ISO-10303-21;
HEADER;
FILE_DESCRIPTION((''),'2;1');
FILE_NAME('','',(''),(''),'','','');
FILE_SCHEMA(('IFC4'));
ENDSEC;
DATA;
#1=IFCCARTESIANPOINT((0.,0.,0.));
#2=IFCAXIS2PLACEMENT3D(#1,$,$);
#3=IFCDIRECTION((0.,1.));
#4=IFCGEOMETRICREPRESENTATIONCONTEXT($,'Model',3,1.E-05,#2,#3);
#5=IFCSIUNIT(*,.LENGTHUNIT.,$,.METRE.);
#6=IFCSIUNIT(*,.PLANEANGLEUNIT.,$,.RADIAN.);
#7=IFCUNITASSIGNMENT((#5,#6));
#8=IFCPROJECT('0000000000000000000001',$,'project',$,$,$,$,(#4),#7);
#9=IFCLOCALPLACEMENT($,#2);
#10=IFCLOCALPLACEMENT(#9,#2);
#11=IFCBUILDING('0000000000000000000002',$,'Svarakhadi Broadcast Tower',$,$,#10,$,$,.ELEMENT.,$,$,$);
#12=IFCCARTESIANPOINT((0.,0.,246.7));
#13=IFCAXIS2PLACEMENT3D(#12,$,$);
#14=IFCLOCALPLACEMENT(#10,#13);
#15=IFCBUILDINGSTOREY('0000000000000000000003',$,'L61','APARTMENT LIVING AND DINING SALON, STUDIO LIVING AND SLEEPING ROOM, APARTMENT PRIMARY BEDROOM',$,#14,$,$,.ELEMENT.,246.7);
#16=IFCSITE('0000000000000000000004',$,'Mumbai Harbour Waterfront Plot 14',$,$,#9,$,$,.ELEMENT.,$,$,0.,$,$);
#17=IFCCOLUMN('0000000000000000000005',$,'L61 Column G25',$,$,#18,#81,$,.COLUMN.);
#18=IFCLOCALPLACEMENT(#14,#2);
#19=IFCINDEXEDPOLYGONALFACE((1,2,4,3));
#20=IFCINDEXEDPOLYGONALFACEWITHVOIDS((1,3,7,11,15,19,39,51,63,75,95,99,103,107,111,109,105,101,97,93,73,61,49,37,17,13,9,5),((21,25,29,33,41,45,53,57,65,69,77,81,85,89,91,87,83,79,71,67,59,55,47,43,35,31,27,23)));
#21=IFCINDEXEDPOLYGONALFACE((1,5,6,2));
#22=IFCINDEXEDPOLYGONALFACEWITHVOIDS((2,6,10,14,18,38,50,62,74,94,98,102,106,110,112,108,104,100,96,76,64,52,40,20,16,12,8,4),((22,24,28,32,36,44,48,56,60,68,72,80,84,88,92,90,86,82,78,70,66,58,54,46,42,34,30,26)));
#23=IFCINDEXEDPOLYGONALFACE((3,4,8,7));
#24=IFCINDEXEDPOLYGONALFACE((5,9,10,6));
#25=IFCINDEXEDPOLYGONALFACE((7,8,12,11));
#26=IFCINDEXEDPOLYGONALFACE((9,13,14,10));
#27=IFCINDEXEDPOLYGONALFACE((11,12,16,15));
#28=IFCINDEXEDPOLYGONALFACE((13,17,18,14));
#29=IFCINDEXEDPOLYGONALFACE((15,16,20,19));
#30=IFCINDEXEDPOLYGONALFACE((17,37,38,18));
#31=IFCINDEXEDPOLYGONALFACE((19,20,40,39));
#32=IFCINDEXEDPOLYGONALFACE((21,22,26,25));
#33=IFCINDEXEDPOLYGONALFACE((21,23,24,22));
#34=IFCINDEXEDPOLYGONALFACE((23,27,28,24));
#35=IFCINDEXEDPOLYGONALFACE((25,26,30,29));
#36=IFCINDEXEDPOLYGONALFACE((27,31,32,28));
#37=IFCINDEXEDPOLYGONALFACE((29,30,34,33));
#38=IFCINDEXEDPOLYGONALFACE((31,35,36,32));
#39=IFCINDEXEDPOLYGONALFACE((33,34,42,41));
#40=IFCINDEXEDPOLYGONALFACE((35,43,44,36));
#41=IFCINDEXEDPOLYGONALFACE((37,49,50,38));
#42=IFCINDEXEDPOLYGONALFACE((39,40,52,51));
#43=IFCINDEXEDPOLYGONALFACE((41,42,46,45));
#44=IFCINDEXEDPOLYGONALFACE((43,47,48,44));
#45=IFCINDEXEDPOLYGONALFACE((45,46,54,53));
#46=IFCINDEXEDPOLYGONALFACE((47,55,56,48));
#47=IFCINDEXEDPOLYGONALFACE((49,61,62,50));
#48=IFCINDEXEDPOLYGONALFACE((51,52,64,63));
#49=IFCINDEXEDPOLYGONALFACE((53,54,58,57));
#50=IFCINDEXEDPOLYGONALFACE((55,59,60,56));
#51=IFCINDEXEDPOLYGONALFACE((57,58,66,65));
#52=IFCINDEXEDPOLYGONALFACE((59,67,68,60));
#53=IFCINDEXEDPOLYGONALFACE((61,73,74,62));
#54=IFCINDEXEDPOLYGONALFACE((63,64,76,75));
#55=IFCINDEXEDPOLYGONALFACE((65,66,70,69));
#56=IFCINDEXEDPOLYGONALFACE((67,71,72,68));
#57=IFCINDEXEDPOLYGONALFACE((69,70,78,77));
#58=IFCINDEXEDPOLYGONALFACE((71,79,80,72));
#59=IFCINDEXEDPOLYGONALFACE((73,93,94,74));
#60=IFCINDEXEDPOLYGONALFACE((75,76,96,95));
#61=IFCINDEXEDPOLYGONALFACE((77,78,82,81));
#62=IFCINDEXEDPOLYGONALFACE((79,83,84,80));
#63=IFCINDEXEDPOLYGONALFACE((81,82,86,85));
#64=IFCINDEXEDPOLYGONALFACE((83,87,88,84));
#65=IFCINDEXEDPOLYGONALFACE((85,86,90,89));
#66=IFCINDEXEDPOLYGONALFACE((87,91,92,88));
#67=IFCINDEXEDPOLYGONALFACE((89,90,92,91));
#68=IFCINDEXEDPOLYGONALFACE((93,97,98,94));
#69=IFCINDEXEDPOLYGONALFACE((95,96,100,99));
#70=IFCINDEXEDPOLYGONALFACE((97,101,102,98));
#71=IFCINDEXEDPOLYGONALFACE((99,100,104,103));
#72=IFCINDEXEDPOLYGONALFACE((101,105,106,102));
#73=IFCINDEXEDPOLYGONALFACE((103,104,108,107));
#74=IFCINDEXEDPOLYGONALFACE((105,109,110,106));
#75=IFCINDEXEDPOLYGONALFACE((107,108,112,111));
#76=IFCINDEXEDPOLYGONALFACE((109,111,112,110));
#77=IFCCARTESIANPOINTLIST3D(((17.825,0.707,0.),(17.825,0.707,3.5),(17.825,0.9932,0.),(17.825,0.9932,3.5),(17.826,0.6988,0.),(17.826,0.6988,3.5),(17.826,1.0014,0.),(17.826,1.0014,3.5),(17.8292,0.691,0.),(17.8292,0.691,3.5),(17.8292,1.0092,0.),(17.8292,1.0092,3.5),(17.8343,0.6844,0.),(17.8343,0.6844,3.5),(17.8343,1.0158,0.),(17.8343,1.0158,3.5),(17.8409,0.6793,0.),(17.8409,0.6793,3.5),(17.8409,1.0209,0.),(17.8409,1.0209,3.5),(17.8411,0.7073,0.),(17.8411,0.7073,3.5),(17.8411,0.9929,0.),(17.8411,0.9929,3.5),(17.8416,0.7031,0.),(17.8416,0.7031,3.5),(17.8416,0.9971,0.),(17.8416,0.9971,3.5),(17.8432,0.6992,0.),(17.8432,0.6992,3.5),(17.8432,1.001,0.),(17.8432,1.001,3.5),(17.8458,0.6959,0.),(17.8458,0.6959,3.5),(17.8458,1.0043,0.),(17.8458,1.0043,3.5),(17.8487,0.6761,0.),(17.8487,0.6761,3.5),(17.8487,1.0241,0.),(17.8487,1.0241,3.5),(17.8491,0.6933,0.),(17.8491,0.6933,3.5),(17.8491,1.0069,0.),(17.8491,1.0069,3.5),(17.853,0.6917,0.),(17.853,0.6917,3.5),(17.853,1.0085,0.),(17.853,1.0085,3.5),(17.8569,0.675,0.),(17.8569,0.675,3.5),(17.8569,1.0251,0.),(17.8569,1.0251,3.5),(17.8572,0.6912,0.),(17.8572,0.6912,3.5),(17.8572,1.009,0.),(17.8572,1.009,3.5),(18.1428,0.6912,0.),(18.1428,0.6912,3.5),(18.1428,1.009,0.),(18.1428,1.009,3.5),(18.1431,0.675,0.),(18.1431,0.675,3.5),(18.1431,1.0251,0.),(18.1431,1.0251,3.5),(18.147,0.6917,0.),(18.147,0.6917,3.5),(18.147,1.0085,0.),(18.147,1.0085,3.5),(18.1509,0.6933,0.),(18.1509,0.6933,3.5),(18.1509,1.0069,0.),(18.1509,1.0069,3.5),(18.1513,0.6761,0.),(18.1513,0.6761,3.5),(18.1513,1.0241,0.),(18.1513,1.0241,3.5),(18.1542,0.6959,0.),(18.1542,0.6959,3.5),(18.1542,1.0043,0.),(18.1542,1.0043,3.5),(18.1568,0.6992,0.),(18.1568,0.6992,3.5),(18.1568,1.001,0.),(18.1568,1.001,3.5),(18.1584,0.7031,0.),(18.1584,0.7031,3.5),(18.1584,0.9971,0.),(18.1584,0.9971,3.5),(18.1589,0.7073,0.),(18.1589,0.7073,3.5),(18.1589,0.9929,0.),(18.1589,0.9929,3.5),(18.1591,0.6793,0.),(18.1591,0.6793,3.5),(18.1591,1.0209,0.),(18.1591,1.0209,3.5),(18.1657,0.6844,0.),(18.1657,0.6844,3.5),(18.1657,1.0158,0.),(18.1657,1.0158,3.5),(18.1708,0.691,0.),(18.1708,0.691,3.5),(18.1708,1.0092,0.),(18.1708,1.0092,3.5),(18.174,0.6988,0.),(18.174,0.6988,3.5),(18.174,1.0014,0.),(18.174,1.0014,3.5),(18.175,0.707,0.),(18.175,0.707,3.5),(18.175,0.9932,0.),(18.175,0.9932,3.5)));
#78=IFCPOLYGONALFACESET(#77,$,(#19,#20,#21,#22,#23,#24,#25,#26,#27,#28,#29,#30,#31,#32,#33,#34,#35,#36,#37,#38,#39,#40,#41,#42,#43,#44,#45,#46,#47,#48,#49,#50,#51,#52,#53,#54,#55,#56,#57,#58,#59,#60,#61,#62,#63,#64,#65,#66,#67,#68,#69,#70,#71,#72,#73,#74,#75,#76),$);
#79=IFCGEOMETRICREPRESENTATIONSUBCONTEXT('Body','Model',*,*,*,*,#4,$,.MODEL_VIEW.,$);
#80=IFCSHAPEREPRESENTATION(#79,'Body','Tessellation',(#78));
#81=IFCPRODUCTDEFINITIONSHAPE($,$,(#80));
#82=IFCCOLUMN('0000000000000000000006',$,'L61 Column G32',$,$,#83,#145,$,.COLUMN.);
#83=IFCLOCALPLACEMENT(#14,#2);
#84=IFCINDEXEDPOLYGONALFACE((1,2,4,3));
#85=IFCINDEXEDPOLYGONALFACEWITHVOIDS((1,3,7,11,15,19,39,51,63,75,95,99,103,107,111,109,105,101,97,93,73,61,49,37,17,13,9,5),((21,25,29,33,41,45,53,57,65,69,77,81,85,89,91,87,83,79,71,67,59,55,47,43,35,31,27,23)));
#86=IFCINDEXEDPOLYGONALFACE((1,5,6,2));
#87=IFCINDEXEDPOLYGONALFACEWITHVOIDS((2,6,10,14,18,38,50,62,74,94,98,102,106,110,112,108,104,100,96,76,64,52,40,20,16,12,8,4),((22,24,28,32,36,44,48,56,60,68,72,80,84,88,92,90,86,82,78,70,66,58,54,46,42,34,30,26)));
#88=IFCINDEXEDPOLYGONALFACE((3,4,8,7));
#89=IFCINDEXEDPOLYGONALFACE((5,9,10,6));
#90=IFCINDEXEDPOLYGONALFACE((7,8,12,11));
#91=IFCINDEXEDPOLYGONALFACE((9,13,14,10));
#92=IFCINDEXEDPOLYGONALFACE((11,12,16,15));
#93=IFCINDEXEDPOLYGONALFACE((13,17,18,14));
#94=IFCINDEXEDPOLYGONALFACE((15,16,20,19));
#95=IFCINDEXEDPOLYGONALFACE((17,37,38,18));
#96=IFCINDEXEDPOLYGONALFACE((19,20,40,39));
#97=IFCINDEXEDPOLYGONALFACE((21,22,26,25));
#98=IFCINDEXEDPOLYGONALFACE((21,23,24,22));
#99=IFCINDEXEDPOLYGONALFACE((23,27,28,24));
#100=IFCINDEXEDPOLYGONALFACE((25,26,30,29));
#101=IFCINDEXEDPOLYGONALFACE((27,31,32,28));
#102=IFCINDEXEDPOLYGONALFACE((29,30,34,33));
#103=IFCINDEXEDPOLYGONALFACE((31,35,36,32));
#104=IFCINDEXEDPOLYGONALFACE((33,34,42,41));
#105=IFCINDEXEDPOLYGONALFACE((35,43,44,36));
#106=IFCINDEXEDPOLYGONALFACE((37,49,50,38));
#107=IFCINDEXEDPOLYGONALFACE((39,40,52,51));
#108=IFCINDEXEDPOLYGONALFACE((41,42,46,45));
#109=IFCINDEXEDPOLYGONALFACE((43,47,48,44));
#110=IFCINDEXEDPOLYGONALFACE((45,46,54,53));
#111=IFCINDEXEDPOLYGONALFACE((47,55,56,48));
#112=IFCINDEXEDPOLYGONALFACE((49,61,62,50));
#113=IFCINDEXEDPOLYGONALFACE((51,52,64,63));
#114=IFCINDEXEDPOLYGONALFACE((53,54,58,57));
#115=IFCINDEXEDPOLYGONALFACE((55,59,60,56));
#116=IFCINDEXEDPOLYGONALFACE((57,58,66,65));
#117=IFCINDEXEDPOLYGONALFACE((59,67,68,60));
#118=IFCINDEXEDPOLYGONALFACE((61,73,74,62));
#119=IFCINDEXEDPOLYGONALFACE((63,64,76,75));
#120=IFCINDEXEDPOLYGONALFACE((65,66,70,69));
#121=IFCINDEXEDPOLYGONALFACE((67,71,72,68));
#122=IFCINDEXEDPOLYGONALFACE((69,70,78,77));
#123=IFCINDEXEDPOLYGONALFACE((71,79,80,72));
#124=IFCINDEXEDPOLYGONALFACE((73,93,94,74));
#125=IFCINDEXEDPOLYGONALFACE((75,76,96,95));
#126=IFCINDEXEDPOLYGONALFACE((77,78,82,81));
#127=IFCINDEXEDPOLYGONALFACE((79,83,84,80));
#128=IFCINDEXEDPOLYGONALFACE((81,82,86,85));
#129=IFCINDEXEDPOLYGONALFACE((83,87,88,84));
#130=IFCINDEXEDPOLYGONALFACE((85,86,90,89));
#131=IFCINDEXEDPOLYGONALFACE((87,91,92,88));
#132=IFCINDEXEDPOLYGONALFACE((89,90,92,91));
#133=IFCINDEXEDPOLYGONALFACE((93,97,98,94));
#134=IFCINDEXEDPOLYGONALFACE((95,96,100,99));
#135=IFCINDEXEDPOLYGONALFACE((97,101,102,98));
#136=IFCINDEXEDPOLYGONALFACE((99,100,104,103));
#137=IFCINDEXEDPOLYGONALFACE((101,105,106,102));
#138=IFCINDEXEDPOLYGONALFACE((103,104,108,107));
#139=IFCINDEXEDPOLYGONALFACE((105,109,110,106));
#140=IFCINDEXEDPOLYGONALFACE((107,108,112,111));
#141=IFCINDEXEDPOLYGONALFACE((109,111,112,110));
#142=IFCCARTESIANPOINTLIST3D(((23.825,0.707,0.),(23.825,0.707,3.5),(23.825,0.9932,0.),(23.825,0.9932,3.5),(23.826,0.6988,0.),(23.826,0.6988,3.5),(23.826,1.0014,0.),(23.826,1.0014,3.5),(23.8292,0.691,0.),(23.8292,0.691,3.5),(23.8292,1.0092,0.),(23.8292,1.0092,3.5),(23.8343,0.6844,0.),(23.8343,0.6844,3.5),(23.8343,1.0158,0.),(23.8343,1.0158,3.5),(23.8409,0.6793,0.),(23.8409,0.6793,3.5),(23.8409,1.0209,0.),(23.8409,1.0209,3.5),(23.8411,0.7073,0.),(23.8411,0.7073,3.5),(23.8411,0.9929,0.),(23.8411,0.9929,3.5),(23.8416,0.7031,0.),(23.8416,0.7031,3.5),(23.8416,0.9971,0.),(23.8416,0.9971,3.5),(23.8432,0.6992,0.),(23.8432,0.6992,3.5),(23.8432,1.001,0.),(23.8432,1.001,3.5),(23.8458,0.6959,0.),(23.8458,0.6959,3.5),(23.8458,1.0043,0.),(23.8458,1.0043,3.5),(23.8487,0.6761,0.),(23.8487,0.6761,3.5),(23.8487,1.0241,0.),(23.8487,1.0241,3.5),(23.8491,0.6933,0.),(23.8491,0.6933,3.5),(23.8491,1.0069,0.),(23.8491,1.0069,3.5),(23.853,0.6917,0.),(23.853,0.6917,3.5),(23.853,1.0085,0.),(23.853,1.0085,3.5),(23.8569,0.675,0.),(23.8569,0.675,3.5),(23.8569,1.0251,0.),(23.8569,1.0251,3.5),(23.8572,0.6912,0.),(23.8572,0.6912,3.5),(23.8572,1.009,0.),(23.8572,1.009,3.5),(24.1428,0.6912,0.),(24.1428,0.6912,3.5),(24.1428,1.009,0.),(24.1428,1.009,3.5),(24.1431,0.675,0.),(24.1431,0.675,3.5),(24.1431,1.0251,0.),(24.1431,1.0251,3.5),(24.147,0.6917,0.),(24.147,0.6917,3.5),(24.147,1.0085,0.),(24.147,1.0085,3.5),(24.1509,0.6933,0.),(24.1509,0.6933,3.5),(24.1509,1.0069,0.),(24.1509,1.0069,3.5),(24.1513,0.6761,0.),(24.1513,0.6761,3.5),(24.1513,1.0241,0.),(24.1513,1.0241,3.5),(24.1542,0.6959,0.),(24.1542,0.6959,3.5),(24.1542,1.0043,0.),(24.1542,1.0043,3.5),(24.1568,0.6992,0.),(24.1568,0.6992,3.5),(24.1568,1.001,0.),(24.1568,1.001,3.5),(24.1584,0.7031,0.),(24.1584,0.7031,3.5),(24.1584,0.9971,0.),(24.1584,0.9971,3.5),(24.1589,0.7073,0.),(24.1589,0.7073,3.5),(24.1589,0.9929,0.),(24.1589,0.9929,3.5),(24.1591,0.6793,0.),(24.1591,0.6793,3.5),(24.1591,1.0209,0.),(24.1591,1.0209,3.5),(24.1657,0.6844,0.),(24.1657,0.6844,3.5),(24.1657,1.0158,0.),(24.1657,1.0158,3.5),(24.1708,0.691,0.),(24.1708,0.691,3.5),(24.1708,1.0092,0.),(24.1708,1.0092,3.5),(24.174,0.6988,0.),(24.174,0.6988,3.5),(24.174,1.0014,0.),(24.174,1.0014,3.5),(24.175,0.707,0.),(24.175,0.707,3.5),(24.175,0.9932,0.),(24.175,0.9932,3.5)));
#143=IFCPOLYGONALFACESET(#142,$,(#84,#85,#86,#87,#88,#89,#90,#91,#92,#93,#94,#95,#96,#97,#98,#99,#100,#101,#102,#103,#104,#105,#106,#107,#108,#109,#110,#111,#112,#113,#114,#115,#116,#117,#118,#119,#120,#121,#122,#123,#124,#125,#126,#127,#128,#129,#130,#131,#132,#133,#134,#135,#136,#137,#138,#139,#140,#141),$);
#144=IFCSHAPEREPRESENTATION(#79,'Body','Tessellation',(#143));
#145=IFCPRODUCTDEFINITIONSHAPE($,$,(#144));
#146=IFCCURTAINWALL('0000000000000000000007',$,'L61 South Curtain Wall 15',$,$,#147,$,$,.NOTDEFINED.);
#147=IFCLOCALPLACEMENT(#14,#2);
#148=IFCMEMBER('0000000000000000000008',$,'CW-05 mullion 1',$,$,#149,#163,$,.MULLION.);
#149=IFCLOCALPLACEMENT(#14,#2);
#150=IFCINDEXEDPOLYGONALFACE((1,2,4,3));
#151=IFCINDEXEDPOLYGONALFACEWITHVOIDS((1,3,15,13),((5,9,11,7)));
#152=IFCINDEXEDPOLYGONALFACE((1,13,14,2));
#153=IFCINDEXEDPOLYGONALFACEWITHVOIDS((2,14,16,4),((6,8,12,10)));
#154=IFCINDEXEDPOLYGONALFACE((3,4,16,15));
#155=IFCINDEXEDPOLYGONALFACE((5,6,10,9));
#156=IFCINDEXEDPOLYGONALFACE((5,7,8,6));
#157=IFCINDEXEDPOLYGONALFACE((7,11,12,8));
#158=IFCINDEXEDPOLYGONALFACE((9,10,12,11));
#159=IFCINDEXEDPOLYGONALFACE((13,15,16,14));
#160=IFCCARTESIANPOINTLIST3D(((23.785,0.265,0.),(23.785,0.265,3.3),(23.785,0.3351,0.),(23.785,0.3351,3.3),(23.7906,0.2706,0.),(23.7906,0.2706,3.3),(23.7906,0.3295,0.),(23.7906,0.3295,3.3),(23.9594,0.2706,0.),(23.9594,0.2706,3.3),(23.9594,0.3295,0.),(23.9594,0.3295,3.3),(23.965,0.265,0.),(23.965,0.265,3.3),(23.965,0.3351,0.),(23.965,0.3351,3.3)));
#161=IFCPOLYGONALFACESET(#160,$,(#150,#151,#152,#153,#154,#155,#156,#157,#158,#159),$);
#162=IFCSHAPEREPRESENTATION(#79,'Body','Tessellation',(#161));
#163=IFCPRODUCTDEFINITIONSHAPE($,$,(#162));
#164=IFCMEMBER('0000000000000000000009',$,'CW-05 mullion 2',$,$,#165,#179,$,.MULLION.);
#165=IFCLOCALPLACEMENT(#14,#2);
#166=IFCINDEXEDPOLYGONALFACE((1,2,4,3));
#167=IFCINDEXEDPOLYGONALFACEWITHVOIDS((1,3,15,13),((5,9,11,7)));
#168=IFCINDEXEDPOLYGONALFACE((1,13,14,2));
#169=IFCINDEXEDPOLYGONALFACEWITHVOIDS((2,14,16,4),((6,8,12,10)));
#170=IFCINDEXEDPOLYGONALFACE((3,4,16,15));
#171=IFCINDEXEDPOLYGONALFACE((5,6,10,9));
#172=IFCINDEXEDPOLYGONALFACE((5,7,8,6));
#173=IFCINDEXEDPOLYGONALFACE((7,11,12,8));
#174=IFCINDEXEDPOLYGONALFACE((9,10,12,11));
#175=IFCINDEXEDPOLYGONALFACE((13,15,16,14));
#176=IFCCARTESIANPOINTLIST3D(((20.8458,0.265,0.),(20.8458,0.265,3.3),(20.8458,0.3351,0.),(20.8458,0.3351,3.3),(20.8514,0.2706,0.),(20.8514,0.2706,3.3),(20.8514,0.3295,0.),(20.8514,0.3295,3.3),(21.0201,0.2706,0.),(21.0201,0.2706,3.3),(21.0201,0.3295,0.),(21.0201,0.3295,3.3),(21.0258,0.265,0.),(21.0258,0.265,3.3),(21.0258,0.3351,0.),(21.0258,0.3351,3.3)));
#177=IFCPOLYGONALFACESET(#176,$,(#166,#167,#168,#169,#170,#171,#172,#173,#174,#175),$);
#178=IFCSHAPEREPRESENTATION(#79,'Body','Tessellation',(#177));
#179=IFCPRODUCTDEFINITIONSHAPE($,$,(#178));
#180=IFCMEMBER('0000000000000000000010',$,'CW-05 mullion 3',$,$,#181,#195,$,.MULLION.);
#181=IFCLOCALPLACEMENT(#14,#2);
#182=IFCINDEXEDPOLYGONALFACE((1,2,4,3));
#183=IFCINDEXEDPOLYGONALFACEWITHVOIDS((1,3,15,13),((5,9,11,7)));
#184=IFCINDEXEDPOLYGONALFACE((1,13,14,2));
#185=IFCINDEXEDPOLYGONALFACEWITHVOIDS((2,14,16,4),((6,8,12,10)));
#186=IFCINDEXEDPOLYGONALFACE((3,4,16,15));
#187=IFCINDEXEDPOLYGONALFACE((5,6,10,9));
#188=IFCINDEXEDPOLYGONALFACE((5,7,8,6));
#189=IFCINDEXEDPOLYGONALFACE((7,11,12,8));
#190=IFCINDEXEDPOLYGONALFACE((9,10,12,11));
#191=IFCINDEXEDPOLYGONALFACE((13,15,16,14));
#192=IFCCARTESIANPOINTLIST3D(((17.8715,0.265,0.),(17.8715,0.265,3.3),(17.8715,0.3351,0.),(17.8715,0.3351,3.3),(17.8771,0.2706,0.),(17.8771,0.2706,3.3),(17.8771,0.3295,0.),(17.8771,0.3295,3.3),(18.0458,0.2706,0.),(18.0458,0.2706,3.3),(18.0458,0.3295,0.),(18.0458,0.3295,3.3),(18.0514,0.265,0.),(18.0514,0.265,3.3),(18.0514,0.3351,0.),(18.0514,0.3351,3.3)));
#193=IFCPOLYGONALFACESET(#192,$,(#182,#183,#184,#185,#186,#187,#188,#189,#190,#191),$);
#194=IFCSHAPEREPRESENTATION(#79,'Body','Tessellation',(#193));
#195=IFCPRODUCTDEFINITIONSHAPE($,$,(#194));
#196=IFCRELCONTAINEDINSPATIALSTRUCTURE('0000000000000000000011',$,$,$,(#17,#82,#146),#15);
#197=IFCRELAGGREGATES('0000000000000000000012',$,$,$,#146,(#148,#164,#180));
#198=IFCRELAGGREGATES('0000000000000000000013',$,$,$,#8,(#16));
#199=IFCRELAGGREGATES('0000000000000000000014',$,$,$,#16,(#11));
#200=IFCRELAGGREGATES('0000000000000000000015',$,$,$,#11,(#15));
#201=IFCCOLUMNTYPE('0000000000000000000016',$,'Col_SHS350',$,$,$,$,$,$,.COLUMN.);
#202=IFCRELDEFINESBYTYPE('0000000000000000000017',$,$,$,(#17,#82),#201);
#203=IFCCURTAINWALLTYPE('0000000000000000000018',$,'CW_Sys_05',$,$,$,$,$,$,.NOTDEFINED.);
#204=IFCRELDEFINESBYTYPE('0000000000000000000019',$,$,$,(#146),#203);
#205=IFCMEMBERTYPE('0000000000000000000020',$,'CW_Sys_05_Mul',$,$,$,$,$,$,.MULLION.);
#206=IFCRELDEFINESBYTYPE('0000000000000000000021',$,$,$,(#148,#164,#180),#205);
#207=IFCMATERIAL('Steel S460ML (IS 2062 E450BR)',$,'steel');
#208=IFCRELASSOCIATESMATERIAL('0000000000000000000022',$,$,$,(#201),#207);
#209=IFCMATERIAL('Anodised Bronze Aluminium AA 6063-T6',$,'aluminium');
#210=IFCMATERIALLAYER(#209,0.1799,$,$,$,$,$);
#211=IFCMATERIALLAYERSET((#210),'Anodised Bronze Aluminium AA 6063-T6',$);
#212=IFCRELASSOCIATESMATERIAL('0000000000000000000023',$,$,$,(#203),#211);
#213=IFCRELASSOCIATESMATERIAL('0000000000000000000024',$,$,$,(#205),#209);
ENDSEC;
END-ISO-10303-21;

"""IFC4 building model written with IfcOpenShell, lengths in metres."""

from ifc_helpers import new_model, si_unit, direction, frame, origin, origin_2d, place, context, subcontext, project, spatial, hollow_rectangle, extrude, material, layer, layer_set, material_profile, profile_set, type_object, element, aggregate, save


model = new_model("IFC4")

# Units and contexts
model_context = context("Model", 3, precision=1e-05, world=origin(), true_north=direction((0.0, 1.0)))
body_context = subcontext(model_context, "Body", "Model", "MODEL_VIEW")
ifc_project = project(units=[si_unit("LENGTHUNIT", "METRE"), si_unit("PLANEANGLEUNIT", "RADIAN")], contexts=[model_context])

# Site, building, storey
site_placement = place(None, origin())
site = spatial("IfcSite", under=ifc_project, at=site_placement, Name="Mumbai Harbour Waterfront Plot 14", CompositionType="ELEMENT", RefElevation=0.0)
building_placement = place(site_placement, origin())
building = spatial("IfcBuilding", under=site, at=building_placement, Name="Svarakhadi Broadcast Tower", CompositionType="ELEMENT")
storey_placement = place(building_placement, frame((0.0, 0.0, 246.7)))
storey = spatial("IfcBuildingStorey", under=building, at=storey_placement, Name="L61", Description="APARTMENT LIVING AND DINING SALON, STUDIO LIVING AND SLEEPING ROOM, APARTMENT PRIMARY BEDROOM", CompositionType="ELEMENT", Elevation=246.7)

# Columns
ifc_material_1 = material(Name="Steel S460ML (IS 2062 E450BR)", Category="steel")
ifc_material_profile_1 = material_profile(ifc_material_1, hollow_rectangle(XDim=0.3501, YDim=0.3501, WallThickness=0.0161, InnerFilletRadius=0.0161, OuterFilletRadius=0.032, at=origin_2d()), Name="SHS 350x350x16")
ifc_profile_set_1 = profile_set([ifc_material_profile_1], Name="Steel S460ML (IS 2062 E450BR)")
column_type = type_object("IfcColumnType", Name="Col_SHS350", PredefinedType="COLUMN", material=ifc_profile_set_1)
for number, where, z_axis, x_axis, name in (
    (1, (18.0, 0.8501, 0.0), (0.0, 0.0, 1.0), (1.0, 0.0, 0.0), "L61 Column G25"),
    (2, (24.0, 0.8501, 0.0), (0.0, 0.0, 1.0), (1.0, 0.0, 0.0), "L61 Column G32"),
):
    element("IfcColumn", number, at=place(storey_placement, frame(where, z_axis=z_axis, x_axis=x_axis)), inside=storey, type_object=column_type, Name=name, PredefinedType="COLUMN", context=body_context, shape_type="SweptSolid", body=[
        extrude(hollow_rectangle(XDim=0.3501, YDim=0.3501, WallThickness=0.0161, InnerFilletRadius=0.0161, OuterFilletRadius=0.032, at=origin_2d()), origin(), (0.0, 0.0, 1.0), 3.5),
    ])

# Curtain wall, members
ifc_material_2 = material(Name="Anodised Bronze Aluminium AA 6063-T6", Category="aluminium")
ifc_layer_1 = layer(ifc_material_2, 0.1799)
ifc_layer_set_1 = layer_set([ifc_layer_1], Name="Anodised Bronze Aluminium AA 6063-T6")
curtain_wall_type = type_object("IfcCurtainWallType", Name="CW_Sys_05", PredefinedType="NOTDEFINED", material=ifc_layer_set_1)
curtain_wall_placement = place(storey_placement, origin())
curtain_wall = element("IfcCurtainWall", 3, at=curtain_wall_placement, inside=storey, type_object=curtain_wall_type, Name="L61 South Curtain Wall 15", PredefinedType="NOTDEFINED")
ifc_material_profile_2 = material_profile(ifc_material_2, hollow_rectangle(XDim=0.0701, YDim=0.1799, WallThickness=0.0056, at=origin_2d()), Name="ALU MULLION 180x70x6")
ifc_profile_set_2 = profile_set([ifc_material_profile_2], Name="Anodised Bronze Aluminium AA 6063-T6")
member_type_1 = type_object("IfcMemberType", Name="CW_Sys_05_Mul", PredefinedType="MULLION", material=ifc_profile_set_2)
member_1_placement = place(storey_placement, frame((23.875, 0.3, 0.0), z_axis=(0.0, 0.0, 1.0), x_axis=(0.0, -1.0, 0.0)))
member_1 = element("IfcMember", 4, at=member_1_placement, type_object=member_type_1, Name="CW-05 mullion 1", PredefinedType="MULLION", context=body_context, shape_type="SweptSolid", body=[
    extrude(hollow_rectangle(XDim=0.0701, YDim=0.1799, WallThickness=0.0056, at=origin_2d()), origin(), (0.0, 0.0, 1.0), 3.3),
])
member_2_placement = place(storey_placement, frame((20.9358, 0.3, 0.0), z_axis=(0.0, 0.0, 1.0), x_axis=(0.0, -1.0, 0.0)))
member_2 = element("IfcMember", 5, at=member_2_placement, type_object=member_type_1, Name="CW-05 mullion 2", PredefinedType="MULLION", context=body_context, shape_type="SweptSolid", body=[
    extrude(hollow_rectangle(XDim=0.0701, YDim=0.1799, WallThickness=0.0056, at=origin_2d()), origin(), (0.0, 0.0, 1.0), 3.3),
])
member_3_placement = place(storey_placement, frame((17.9614, 0.3, 0.0), z_axis=(0.0, 0.0, 1.0), x_axis=(0.0, -1.0, 0.0)))
member_3 = element("IfcMember", 6, at=member_3_placement, type_object=member_type_1, Name="CW-05 mullion 3", PredefinedType="MULLION", context=body_context, shape_type="SweptSolid", body=[
    extrude(hollow_rectangle(XDim=0.0701, YDim=0.1799, WallThickness=0.0056, at=origin_2d()), origin(), (0.0, 0.0, 1.0), 3.3),
])

aggregate(curtain_wall, [member_1, member_2, member_3])

save(model, "model.ifc")
